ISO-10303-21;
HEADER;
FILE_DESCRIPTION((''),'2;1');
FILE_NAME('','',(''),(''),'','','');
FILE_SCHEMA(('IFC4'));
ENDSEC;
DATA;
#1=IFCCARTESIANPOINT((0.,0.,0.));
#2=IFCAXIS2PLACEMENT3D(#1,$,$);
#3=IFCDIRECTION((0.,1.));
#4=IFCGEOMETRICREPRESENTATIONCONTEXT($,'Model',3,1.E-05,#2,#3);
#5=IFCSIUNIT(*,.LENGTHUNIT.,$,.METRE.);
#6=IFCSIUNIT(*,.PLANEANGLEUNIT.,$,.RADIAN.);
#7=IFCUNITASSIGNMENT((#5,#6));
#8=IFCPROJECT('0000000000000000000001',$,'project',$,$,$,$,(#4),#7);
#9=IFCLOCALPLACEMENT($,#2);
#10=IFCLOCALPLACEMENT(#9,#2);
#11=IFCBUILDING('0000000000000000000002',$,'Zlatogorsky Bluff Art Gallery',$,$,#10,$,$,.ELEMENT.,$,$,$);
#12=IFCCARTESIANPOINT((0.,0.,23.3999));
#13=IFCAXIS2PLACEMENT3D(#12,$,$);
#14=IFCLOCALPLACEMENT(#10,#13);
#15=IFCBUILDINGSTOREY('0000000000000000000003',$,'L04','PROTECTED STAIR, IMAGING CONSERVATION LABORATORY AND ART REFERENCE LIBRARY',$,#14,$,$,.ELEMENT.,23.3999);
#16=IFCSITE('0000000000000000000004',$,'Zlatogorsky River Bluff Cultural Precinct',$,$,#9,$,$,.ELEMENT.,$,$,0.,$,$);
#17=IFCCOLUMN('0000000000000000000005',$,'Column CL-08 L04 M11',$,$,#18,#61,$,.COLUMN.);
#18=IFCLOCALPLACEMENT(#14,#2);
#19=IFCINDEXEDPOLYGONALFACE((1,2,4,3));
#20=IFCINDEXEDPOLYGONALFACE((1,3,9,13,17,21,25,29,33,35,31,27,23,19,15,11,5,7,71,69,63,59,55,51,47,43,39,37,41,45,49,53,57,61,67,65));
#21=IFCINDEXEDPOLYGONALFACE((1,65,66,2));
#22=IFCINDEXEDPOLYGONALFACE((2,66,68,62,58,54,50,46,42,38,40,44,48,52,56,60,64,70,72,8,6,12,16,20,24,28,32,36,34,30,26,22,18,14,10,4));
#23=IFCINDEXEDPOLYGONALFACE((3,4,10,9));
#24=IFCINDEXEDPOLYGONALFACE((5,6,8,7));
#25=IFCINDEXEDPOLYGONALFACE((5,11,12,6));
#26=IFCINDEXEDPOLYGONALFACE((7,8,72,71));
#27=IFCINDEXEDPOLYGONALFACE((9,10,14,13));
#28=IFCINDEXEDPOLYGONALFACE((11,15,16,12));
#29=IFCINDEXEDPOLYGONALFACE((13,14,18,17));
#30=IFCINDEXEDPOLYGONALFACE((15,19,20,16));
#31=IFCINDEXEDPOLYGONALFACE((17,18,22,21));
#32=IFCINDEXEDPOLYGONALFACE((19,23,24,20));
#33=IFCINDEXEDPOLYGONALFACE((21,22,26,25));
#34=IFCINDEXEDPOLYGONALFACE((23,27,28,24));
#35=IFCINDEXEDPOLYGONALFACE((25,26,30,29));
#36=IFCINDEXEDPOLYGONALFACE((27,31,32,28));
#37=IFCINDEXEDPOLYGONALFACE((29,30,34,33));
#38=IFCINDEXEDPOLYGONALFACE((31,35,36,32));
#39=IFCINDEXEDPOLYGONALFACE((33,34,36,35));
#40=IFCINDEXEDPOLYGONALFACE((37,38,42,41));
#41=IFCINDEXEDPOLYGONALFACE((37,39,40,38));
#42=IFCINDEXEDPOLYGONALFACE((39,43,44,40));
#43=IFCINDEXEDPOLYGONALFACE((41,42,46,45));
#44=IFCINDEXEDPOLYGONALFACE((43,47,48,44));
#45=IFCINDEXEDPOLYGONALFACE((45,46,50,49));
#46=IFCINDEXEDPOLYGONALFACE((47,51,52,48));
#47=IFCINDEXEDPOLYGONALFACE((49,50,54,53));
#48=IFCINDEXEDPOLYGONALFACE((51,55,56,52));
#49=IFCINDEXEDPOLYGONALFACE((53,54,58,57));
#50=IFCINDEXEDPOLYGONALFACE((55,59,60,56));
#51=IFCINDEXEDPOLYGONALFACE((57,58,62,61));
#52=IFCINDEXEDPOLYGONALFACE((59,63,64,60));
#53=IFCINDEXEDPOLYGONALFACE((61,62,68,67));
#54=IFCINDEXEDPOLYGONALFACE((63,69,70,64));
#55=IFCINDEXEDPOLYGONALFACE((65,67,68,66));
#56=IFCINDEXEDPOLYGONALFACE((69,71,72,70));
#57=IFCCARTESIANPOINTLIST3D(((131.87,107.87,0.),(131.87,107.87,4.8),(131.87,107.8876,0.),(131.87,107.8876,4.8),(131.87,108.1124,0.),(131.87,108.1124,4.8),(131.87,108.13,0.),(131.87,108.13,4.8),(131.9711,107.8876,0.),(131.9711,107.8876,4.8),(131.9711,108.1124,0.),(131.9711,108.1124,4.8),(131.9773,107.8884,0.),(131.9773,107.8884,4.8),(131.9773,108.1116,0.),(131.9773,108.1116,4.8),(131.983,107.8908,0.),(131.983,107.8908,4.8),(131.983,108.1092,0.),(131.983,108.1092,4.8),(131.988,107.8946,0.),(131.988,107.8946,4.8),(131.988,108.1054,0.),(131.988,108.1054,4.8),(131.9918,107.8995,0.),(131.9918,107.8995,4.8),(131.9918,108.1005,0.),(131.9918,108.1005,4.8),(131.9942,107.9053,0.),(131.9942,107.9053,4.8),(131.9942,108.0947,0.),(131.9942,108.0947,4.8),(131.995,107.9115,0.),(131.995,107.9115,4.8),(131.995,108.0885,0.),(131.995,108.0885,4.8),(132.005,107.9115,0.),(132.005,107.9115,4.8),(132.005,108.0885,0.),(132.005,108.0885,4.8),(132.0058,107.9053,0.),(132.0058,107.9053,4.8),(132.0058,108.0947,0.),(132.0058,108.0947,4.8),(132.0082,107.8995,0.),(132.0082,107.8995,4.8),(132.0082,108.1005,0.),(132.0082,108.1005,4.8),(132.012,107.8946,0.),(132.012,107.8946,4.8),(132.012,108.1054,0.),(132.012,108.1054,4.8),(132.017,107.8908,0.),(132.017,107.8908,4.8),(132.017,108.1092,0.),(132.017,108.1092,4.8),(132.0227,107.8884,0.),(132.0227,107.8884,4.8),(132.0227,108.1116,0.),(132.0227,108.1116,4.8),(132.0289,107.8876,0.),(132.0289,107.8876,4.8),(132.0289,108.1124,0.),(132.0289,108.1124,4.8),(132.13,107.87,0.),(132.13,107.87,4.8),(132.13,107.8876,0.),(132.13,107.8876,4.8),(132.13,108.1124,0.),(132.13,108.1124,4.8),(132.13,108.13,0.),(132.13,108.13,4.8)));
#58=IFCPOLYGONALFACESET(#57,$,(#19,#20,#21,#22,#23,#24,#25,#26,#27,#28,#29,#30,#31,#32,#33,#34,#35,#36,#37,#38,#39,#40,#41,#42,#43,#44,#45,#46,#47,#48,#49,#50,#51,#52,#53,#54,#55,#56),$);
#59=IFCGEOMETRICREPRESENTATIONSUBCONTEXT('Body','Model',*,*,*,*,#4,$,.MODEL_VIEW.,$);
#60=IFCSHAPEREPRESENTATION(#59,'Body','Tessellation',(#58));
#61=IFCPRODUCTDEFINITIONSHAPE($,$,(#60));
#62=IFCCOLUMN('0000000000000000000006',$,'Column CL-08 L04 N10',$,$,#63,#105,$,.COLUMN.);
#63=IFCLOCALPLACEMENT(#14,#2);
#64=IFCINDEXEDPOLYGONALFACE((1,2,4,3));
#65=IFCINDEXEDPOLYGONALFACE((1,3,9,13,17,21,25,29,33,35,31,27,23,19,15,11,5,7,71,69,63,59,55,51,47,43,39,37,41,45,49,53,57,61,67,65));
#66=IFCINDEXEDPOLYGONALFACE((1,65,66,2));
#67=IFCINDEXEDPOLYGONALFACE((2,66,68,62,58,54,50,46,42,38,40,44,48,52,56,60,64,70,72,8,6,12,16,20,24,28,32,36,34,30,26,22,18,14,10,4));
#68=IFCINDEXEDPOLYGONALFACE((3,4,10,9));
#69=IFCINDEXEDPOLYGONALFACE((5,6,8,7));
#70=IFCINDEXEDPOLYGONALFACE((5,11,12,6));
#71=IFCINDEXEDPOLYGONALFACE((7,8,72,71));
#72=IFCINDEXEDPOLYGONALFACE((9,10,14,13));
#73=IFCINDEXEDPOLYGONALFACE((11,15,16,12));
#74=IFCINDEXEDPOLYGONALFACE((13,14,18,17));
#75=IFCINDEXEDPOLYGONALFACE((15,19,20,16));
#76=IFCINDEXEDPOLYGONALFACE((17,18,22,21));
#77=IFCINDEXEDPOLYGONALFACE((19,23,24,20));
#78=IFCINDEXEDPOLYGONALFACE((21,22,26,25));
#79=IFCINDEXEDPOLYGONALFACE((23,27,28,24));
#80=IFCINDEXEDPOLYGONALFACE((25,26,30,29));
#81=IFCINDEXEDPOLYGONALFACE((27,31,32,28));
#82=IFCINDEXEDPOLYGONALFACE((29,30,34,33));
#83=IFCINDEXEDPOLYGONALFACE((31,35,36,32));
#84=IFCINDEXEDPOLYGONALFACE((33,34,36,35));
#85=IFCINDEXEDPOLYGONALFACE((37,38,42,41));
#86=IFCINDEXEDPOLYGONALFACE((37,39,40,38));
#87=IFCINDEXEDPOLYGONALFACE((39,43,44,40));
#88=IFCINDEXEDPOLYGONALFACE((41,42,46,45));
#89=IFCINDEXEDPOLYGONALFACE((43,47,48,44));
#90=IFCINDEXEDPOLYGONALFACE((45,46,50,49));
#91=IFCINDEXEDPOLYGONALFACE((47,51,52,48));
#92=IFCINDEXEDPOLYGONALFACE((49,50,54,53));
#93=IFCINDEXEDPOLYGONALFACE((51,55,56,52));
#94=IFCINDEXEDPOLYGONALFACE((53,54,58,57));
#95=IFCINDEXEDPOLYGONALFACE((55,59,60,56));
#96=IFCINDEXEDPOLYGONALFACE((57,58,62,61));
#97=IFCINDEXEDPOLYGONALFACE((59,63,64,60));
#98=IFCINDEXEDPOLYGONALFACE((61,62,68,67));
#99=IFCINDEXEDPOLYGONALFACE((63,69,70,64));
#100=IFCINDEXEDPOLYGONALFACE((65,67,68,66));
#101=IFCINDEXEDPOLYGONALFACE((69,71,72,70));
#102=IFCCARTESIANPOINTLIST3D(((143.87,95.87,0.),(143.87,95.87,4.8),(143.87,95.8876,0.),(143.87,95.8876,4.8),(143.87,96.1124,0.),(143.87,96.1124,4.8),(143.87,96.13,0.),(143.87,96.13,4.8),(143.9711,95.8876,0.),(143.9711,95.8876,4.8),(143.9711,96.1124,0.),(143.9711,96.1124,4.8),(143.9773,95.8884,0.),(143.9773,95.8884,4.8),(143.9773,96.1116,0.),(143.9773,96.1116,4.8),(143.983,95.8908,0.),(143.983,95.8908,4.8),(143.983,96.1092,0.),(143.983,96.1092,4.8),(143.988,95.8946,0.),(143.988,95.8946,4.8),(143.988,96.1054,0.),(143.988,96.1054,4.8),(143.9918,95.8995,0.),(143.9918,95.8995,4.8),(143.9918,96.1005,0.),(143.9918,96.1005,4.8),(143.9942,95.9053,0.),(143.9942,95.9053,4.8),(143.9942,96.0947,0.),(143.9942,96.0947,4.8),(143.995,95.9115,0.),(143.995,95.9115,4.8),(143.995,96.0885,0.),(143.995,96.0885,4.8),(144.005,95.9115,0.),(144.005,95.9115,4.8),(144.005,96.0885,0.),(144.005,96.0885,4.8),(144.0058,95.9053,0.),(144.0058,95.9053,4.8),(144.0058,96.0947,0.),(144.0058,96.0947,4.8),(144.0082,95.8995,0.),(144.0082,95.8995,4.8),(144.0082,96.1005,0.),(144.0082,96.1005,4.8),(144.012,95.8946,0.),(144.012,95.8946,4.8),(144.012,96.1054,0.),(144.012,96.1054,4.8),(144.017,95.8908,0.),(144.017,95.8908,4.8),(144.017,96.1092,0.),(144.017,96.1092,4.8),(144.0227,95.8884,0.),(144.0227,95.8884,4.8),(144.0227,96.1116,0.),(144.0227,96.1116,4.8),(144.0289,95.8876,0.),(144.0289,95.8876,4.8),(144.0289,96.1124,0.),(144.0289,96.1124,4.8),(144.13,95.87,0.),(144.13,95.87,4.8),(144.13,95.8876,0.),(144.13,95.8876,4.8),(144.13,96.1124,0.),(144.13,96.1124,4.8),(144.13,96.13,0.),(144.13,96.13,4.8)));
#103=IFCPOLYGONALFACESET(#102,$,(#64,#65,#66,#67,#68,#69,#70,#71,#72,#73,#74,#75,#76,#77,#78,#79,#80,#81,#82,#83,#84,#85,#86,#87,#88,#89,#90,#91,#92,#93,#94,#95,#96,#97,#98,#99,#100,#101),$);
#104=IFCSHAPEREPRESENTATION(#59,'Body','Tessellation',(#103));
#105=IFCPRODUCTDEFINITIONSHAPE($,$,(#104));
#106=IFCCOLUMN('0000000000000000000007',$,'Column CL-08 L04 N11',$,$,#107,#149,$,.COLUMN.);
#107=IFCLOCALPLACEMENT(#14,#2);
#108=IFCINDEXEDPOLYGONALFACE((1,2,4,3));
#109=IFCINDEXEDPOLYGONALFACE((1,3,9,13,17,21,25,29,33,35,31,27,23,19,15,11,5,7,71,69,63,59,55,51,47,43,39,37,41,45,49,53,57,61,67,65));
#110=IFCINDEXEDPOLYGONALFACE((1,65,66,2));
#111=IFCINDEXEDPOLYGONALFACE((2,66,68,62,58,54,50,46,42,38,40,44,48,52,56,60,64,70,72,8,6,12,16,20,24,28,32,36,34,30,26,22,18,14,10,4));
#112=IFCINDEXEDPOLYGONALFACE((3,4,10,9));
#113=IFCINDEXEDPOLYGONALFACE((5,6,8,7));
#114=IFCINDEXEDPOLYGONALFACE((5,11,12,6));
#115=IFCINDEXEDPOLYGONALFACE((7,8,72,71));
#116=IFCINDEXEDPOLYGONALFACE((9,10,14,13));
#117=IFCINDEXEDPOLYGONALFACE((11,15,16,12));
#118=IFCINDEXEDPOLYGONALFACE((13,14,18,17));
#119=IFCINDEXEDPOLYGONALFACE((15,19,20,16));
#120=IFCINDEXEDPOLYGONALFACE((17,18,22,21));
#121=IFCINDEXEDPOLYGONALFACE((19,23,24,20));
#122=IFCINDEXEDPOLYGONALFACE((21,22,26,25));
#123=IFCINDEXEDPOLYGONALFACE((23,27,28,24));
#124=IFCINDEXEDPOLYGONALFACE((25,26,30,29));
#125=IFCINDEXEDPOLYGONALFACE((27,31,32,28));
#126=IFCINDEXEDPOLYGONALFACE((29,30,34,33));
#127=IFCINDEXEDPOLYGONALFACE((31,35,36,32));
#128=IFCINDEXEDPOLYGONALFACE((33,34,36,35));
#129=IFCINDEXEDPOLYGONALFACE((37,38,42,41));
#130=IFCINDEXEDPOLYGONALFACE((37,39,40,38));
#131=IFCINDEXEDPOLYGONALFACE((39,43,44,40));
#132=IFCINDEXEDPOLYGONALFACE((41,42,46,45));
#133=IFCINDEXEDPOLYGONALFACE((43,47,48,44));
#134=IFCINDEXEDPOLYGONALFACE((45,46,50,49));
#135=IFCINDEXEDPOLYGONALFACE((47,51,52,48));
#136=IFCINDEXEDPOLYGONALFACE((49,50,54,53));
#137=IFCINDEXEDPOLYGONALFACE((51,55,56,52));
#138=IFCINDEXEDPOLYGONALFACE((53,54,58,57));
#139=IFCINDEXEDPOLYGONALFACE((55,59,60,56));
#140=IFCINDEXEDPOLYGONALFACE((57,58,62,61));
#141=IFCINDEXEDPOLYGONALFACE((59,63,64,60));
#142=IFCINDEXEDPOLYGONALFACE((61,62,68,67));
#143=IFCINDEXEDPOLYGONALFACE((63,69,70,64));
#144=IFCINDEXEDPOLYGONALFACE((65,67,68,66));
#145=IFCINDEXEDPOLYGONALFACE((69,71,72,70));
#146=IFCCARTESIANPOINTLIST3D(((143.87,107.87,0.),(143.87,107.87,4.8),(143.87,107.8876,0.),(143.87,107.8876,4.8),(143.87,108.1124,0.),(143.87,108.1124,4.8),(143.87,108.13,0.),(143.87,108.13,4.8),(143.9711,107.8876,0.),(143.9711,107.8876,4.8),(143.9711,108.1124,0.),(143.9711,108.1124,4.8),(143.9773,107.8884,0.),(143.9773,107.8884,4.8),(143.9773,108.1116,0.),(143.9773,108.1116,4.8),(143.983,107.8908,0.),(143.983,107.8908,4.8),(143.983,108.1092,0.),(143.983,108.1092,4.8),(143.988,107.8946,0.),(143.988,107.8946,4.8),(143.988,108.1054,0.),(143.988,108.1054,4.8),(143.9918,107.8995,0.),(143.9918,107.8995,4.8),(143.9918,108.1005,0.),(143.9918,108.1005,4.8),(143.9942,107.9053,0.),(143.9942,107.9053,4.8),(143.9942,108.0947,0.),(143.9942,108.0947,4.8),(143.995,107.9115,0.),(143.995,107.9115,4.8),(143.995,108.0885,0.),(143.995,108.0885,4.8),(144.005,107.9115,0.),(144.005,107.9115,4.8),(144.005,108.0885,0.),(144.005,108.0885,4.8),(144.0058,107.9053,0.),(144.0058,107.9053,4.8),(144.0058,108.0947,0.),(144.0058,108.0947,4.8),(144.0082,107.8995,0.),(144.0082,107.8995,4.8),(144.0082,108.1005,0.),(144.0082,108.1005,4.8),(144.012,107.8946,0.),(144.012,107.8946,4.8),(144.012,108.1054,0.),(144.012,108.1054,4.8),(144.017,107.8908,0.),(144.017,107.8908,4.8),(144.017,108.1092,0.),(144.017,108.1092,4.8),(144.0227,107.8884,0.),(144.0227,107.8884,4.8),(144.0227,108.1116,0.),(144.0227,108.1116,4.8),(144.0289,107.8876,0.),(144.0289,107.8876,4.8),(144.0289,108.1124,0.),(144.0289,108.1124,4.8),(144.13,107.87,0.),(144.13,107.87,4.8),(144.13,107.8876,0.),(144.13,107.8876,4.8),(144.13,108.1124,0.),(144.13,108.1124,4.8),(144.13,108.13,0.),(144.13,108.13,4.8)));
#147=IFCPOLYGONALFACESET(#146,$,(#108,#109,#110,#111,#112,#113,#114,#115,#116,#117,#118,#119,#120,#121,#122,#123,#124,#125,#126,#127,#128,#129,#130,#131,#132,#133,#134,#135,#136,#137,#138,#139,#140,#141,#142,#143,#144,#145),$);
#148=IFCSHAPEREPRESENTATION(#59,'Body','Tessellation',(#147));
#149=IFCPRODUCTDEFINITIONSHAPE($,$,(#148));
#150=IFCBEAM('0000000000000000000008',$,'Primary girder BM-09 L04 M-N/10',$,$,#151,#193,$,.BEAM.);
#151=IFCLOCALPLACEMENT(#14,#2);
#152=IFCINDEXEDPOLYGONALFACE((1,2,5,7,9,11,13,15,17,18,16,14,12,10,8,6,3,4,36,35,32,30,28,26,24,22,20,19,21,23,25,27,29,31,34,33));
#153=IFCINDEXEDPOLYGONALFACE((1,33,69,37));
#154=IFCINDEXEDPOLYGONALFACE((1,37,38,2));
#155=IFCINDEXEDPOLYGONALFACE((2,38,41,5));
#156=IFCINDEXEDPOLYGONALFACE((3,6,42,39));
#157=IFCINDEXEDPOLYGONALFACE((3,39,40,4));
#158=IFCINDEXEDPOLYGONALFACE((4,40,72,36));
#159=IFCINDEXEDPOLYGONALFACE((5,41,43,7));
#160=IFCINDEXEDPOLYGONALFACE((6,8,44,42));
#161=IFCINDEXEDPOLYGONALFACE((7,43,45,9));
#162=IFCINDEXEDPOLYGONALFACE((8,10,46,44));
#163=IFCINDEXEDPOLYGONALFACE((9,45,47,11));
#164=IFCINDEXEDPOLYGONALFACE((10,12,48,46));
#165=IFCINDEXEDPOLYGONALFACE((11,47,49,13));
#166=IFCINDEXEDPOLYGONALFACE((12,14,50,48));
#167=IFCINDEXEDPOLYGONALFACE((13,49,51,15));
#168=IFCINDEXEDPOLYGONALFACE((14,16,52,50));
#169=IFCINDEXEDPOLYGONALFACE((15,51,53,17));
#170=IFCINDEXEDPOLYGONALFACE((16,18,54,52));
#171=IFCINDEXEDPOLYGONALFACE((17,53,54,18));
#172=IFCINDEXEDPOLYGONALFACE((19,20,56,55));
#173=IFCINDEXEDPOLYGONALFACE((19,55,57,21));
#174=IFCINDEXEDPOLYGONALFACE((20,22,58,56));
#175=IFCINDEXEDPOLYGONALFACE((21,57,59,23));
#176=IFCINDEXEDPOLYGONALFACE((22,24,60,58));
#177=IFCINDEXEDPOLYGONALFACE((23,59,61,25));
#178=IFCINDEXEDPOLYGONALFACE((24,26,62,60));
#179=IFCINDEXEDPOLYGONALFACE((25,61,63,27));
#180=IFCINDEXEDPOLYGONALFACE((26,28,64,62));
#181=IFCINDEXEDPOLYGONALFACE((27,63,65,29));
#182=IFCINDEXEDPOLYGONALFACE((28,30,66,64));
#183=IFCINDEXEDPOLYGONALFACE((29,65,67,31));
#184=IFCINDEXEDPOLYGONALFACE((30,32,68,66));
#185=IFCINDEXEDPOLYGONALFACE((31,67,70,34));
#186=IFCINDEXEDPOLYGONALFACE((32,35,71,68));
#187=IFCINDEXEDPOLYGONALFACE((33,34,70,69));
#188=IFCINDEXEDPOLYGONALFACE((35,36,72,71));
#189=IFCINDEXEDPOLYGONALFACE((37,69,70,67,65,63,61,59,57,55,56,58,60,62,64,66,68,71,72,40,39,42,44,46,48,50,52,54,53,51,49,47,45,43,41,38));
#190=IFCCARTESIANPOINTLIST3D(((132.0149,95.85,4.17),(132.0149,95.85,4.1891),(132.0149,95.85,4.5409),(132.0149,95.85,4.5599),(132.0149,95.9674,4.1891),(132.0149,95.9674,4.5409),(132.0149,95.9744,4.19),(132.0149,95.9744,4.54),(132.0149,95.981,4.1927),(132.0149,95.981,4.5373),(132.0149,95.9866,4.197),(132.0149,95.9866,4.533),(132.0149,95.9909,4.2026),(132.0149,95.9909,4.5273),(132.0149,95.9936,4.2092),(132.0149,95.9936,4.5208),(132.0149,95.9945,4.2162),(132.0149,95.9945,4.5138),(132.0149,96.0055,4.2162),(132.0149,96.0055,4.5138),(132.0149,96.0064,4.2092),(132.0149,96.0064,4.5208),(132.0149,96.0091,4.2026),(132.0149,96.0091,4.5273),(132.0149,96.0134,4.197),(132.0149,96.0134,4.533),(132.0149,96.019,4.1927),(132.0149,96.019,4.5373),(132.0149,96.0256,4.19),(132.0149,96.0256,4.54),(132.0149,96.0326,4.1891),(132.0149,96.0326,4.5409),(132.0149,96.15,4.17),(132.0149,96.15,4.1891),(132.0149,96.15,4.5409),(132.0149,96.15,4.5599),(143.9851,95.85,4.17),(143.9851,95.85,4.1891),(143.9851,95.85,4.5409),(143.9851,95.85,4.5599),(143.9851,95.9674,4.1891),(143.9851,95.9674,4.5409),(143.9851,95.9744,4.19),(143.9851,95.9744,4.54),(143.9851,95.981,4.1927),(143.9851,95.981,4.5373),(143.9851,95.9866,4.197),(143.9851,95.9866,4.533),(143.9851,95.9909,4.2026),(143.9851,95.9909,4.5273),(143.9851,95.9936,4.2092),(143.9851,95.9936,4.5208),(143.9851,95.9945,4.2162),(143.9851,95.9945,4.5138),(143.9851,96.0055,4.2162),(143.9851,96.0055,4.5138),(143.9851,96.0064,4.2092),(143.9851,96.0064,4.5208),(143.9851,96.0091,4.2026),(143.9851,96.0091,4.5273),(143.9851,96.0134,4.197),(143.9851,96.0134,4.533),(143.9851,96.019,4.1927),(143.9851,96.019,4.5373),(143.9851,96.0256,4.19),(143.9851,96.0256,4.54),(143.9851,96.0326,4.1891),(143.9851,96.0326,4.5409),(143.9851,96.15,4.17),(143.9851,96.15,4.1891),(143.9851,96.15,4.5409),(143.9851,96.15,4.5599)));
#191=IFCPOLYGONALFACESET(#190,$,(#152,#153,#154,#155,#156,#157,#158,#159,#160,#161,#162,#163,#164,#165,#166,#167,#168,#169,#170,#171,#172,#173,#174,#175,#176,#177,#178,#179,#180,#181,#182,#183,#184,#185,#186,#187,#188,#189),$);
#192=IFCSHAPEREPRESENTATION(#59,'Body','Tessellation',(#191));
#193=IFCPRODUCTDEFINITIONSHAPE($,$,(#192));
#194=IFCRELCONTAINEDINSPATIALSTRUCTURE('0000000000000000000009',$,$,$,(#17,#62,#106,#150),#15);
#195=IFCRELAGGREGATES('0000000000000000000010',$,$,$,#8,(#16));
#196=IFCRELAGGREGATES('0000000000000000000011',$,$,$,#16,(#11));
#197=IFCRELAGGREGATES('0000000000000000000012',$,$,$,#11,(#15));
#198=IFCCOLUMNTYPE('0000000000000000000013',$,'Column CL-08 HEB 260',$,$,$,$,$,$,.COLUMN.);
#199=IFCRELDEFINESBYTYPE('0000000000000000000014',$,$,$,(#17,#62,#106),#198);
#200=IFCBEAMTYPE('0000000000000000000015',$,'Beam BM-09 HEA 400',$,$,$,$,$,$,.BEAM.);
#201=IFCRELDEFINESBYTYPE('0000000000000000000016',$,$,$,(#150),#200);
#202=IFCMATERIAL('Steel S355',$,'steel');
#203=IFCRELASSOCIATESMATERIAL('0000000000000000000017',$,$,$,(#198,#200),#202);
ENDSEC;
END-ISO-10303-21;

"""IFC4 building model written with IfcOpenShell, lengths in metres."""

from ifc_helpers import new_model, si_unit, direction, frame, origin, origin_2d, place, context, subcontext, project, spatial, i_section, extrude, material, material_profile, profile_set, type_object, element, save


model = new_model("IFC4")

# Units and contexts
model_context = context("Model", 3, precision=1e-05, world=origin(), true_north=direction((0.0, 1.0)))
body_context = subcontext(model_context, "Body", "Model", "MODEL_VIEW")
ifc_project = project(units=[si_unit("LENGTHUNIT", "METRE"), si_unit("PLANEANGLEUNIT", "RADIAN")], contexts=[model_context])

# Site, building, storey
site_placement = place(None, origin())
site = spatial("IfcSite", under=ifc_project, at=site_placement, Name="Zlatogorsky River Bluff Cultural Precinct", CompositionType="ELEMENT", RefElevation=0.0)
building_placement = place(site_placement, origin())
building = spatial("IfcBuilding", under=site, at=building_placement, Name="Zlatogorsky Bluff Art Gallery", CompositionType="ELEMENT")
storey_placement = place(building_placement, frame((0.0, 0.0, 23.3999)))
storey = spatial("IfcBuildingStorey", under=building, at=storey_placement, Name="L04", Description="PROTECTED STAIR, IMAGING CONSERVATION LABORATORY AND ART REFERENCE LIBRARY", CompositionType="ELEMENT", Elevation=23.3999)

# Columns
ifc_material_1 = material(Name="Steel S355", Category="steel")
ifc_material_profile_1 = material_profile(ifc_material_1, i_section(OverallWidth=0.26, OverallDepth=0.26, WebThickness=0.01, FlangeThickness=0.0176, FilletRadius=0.0239, at=origin_2d()), Name="HEB 260")
ifc_profile_set_1 = profile_set([ifc_material_profile_1], Name="Steel S355")
column_type = type_object("IfcColumnType", Name="Column CL-08 HEB 260", PredefinedType="COLUMN", material=ifc_profile_set_1)
for number, where, z_axis, x_axis, name in (
    (1, (132.0, 108.0, 0.0), (0.0, 0.0, 1.0), (1.0, 0.0, 0.0), "Column CL-08 L04 M11"),
    (2, (144.0, 96.0, 0.0), (0.0, 0.0, 1.0), (1.0, 0.0, 0.0), "Column CL-08 L04 N10"),
    (3, (144.0, 108.0, 0.0), (0.0, 0.0, 1.0), (1.0, 0.0, 0.0), "Column CL-08 L04 N11"),
):
    element("IfcColumn", number, at=place(storey_placement, frame(where, z_axis=z_axis, x_axis=x_axis)), inside=storey, type_object=column_type, Name=name, PredefinedType="COLUMN", context=body_context, shape_type="SweptSolid", body=[
        extrude(i_section(OverallWidth=0.26, OverallDepth=0.26, WebThickness=0.01, FlangeThickness=0.0176, FilletRadius=0.0239, at=origin_2d()), origin(), (0.0, 0.0, 1.0), 4.8),
    ])

# Beam
ifc_material_profile_2 = material_profile(ifc_material_1, i_section(OverallWidth=0.3, OverallDepth=0.3899, WebThickness=0.011, FlangeThickness=0.019, FilletRadius=0.0271, at=origin_2d()), Name="HEA 400")
ifc_profile_set_2 = profile_set([ifc_material_profile_2], Name="Steel S355")
beam_type = type_object("IfcBeamType", Name="Beam BM-09 HEA 400", PredefinedType="BEAM", material=ifc_profile_set_2)
for number, where, z_axis, x_axis, name in (
    (4, (132.0149, 96.0, 4.365), (1.0, 0.0, 0.0), (0.0, 1.0, 0.0), "Primary girder BM-09 L04 M-N/10"),
):
    element("IfcBeam", number, at=place(storey_placement, frame(where, z_axis=z_axis, x_axis=x_axis)), inside=storey, type_object=beam_type, Name=name, PredefinedType="BEAM", context=body_context, shape_type="SweptSolid", body=[
        extrude(i_section(OverallWidth=0.3, OverallDepth=0.3899, WebThickness=0.011, FlangeThickness=0.019, FilletRadius=0.0271, at=origin_2d()), origin(), (0.0, 0.0, 1.0), 11.9702),
    ])

save(model, "model.ifc")
